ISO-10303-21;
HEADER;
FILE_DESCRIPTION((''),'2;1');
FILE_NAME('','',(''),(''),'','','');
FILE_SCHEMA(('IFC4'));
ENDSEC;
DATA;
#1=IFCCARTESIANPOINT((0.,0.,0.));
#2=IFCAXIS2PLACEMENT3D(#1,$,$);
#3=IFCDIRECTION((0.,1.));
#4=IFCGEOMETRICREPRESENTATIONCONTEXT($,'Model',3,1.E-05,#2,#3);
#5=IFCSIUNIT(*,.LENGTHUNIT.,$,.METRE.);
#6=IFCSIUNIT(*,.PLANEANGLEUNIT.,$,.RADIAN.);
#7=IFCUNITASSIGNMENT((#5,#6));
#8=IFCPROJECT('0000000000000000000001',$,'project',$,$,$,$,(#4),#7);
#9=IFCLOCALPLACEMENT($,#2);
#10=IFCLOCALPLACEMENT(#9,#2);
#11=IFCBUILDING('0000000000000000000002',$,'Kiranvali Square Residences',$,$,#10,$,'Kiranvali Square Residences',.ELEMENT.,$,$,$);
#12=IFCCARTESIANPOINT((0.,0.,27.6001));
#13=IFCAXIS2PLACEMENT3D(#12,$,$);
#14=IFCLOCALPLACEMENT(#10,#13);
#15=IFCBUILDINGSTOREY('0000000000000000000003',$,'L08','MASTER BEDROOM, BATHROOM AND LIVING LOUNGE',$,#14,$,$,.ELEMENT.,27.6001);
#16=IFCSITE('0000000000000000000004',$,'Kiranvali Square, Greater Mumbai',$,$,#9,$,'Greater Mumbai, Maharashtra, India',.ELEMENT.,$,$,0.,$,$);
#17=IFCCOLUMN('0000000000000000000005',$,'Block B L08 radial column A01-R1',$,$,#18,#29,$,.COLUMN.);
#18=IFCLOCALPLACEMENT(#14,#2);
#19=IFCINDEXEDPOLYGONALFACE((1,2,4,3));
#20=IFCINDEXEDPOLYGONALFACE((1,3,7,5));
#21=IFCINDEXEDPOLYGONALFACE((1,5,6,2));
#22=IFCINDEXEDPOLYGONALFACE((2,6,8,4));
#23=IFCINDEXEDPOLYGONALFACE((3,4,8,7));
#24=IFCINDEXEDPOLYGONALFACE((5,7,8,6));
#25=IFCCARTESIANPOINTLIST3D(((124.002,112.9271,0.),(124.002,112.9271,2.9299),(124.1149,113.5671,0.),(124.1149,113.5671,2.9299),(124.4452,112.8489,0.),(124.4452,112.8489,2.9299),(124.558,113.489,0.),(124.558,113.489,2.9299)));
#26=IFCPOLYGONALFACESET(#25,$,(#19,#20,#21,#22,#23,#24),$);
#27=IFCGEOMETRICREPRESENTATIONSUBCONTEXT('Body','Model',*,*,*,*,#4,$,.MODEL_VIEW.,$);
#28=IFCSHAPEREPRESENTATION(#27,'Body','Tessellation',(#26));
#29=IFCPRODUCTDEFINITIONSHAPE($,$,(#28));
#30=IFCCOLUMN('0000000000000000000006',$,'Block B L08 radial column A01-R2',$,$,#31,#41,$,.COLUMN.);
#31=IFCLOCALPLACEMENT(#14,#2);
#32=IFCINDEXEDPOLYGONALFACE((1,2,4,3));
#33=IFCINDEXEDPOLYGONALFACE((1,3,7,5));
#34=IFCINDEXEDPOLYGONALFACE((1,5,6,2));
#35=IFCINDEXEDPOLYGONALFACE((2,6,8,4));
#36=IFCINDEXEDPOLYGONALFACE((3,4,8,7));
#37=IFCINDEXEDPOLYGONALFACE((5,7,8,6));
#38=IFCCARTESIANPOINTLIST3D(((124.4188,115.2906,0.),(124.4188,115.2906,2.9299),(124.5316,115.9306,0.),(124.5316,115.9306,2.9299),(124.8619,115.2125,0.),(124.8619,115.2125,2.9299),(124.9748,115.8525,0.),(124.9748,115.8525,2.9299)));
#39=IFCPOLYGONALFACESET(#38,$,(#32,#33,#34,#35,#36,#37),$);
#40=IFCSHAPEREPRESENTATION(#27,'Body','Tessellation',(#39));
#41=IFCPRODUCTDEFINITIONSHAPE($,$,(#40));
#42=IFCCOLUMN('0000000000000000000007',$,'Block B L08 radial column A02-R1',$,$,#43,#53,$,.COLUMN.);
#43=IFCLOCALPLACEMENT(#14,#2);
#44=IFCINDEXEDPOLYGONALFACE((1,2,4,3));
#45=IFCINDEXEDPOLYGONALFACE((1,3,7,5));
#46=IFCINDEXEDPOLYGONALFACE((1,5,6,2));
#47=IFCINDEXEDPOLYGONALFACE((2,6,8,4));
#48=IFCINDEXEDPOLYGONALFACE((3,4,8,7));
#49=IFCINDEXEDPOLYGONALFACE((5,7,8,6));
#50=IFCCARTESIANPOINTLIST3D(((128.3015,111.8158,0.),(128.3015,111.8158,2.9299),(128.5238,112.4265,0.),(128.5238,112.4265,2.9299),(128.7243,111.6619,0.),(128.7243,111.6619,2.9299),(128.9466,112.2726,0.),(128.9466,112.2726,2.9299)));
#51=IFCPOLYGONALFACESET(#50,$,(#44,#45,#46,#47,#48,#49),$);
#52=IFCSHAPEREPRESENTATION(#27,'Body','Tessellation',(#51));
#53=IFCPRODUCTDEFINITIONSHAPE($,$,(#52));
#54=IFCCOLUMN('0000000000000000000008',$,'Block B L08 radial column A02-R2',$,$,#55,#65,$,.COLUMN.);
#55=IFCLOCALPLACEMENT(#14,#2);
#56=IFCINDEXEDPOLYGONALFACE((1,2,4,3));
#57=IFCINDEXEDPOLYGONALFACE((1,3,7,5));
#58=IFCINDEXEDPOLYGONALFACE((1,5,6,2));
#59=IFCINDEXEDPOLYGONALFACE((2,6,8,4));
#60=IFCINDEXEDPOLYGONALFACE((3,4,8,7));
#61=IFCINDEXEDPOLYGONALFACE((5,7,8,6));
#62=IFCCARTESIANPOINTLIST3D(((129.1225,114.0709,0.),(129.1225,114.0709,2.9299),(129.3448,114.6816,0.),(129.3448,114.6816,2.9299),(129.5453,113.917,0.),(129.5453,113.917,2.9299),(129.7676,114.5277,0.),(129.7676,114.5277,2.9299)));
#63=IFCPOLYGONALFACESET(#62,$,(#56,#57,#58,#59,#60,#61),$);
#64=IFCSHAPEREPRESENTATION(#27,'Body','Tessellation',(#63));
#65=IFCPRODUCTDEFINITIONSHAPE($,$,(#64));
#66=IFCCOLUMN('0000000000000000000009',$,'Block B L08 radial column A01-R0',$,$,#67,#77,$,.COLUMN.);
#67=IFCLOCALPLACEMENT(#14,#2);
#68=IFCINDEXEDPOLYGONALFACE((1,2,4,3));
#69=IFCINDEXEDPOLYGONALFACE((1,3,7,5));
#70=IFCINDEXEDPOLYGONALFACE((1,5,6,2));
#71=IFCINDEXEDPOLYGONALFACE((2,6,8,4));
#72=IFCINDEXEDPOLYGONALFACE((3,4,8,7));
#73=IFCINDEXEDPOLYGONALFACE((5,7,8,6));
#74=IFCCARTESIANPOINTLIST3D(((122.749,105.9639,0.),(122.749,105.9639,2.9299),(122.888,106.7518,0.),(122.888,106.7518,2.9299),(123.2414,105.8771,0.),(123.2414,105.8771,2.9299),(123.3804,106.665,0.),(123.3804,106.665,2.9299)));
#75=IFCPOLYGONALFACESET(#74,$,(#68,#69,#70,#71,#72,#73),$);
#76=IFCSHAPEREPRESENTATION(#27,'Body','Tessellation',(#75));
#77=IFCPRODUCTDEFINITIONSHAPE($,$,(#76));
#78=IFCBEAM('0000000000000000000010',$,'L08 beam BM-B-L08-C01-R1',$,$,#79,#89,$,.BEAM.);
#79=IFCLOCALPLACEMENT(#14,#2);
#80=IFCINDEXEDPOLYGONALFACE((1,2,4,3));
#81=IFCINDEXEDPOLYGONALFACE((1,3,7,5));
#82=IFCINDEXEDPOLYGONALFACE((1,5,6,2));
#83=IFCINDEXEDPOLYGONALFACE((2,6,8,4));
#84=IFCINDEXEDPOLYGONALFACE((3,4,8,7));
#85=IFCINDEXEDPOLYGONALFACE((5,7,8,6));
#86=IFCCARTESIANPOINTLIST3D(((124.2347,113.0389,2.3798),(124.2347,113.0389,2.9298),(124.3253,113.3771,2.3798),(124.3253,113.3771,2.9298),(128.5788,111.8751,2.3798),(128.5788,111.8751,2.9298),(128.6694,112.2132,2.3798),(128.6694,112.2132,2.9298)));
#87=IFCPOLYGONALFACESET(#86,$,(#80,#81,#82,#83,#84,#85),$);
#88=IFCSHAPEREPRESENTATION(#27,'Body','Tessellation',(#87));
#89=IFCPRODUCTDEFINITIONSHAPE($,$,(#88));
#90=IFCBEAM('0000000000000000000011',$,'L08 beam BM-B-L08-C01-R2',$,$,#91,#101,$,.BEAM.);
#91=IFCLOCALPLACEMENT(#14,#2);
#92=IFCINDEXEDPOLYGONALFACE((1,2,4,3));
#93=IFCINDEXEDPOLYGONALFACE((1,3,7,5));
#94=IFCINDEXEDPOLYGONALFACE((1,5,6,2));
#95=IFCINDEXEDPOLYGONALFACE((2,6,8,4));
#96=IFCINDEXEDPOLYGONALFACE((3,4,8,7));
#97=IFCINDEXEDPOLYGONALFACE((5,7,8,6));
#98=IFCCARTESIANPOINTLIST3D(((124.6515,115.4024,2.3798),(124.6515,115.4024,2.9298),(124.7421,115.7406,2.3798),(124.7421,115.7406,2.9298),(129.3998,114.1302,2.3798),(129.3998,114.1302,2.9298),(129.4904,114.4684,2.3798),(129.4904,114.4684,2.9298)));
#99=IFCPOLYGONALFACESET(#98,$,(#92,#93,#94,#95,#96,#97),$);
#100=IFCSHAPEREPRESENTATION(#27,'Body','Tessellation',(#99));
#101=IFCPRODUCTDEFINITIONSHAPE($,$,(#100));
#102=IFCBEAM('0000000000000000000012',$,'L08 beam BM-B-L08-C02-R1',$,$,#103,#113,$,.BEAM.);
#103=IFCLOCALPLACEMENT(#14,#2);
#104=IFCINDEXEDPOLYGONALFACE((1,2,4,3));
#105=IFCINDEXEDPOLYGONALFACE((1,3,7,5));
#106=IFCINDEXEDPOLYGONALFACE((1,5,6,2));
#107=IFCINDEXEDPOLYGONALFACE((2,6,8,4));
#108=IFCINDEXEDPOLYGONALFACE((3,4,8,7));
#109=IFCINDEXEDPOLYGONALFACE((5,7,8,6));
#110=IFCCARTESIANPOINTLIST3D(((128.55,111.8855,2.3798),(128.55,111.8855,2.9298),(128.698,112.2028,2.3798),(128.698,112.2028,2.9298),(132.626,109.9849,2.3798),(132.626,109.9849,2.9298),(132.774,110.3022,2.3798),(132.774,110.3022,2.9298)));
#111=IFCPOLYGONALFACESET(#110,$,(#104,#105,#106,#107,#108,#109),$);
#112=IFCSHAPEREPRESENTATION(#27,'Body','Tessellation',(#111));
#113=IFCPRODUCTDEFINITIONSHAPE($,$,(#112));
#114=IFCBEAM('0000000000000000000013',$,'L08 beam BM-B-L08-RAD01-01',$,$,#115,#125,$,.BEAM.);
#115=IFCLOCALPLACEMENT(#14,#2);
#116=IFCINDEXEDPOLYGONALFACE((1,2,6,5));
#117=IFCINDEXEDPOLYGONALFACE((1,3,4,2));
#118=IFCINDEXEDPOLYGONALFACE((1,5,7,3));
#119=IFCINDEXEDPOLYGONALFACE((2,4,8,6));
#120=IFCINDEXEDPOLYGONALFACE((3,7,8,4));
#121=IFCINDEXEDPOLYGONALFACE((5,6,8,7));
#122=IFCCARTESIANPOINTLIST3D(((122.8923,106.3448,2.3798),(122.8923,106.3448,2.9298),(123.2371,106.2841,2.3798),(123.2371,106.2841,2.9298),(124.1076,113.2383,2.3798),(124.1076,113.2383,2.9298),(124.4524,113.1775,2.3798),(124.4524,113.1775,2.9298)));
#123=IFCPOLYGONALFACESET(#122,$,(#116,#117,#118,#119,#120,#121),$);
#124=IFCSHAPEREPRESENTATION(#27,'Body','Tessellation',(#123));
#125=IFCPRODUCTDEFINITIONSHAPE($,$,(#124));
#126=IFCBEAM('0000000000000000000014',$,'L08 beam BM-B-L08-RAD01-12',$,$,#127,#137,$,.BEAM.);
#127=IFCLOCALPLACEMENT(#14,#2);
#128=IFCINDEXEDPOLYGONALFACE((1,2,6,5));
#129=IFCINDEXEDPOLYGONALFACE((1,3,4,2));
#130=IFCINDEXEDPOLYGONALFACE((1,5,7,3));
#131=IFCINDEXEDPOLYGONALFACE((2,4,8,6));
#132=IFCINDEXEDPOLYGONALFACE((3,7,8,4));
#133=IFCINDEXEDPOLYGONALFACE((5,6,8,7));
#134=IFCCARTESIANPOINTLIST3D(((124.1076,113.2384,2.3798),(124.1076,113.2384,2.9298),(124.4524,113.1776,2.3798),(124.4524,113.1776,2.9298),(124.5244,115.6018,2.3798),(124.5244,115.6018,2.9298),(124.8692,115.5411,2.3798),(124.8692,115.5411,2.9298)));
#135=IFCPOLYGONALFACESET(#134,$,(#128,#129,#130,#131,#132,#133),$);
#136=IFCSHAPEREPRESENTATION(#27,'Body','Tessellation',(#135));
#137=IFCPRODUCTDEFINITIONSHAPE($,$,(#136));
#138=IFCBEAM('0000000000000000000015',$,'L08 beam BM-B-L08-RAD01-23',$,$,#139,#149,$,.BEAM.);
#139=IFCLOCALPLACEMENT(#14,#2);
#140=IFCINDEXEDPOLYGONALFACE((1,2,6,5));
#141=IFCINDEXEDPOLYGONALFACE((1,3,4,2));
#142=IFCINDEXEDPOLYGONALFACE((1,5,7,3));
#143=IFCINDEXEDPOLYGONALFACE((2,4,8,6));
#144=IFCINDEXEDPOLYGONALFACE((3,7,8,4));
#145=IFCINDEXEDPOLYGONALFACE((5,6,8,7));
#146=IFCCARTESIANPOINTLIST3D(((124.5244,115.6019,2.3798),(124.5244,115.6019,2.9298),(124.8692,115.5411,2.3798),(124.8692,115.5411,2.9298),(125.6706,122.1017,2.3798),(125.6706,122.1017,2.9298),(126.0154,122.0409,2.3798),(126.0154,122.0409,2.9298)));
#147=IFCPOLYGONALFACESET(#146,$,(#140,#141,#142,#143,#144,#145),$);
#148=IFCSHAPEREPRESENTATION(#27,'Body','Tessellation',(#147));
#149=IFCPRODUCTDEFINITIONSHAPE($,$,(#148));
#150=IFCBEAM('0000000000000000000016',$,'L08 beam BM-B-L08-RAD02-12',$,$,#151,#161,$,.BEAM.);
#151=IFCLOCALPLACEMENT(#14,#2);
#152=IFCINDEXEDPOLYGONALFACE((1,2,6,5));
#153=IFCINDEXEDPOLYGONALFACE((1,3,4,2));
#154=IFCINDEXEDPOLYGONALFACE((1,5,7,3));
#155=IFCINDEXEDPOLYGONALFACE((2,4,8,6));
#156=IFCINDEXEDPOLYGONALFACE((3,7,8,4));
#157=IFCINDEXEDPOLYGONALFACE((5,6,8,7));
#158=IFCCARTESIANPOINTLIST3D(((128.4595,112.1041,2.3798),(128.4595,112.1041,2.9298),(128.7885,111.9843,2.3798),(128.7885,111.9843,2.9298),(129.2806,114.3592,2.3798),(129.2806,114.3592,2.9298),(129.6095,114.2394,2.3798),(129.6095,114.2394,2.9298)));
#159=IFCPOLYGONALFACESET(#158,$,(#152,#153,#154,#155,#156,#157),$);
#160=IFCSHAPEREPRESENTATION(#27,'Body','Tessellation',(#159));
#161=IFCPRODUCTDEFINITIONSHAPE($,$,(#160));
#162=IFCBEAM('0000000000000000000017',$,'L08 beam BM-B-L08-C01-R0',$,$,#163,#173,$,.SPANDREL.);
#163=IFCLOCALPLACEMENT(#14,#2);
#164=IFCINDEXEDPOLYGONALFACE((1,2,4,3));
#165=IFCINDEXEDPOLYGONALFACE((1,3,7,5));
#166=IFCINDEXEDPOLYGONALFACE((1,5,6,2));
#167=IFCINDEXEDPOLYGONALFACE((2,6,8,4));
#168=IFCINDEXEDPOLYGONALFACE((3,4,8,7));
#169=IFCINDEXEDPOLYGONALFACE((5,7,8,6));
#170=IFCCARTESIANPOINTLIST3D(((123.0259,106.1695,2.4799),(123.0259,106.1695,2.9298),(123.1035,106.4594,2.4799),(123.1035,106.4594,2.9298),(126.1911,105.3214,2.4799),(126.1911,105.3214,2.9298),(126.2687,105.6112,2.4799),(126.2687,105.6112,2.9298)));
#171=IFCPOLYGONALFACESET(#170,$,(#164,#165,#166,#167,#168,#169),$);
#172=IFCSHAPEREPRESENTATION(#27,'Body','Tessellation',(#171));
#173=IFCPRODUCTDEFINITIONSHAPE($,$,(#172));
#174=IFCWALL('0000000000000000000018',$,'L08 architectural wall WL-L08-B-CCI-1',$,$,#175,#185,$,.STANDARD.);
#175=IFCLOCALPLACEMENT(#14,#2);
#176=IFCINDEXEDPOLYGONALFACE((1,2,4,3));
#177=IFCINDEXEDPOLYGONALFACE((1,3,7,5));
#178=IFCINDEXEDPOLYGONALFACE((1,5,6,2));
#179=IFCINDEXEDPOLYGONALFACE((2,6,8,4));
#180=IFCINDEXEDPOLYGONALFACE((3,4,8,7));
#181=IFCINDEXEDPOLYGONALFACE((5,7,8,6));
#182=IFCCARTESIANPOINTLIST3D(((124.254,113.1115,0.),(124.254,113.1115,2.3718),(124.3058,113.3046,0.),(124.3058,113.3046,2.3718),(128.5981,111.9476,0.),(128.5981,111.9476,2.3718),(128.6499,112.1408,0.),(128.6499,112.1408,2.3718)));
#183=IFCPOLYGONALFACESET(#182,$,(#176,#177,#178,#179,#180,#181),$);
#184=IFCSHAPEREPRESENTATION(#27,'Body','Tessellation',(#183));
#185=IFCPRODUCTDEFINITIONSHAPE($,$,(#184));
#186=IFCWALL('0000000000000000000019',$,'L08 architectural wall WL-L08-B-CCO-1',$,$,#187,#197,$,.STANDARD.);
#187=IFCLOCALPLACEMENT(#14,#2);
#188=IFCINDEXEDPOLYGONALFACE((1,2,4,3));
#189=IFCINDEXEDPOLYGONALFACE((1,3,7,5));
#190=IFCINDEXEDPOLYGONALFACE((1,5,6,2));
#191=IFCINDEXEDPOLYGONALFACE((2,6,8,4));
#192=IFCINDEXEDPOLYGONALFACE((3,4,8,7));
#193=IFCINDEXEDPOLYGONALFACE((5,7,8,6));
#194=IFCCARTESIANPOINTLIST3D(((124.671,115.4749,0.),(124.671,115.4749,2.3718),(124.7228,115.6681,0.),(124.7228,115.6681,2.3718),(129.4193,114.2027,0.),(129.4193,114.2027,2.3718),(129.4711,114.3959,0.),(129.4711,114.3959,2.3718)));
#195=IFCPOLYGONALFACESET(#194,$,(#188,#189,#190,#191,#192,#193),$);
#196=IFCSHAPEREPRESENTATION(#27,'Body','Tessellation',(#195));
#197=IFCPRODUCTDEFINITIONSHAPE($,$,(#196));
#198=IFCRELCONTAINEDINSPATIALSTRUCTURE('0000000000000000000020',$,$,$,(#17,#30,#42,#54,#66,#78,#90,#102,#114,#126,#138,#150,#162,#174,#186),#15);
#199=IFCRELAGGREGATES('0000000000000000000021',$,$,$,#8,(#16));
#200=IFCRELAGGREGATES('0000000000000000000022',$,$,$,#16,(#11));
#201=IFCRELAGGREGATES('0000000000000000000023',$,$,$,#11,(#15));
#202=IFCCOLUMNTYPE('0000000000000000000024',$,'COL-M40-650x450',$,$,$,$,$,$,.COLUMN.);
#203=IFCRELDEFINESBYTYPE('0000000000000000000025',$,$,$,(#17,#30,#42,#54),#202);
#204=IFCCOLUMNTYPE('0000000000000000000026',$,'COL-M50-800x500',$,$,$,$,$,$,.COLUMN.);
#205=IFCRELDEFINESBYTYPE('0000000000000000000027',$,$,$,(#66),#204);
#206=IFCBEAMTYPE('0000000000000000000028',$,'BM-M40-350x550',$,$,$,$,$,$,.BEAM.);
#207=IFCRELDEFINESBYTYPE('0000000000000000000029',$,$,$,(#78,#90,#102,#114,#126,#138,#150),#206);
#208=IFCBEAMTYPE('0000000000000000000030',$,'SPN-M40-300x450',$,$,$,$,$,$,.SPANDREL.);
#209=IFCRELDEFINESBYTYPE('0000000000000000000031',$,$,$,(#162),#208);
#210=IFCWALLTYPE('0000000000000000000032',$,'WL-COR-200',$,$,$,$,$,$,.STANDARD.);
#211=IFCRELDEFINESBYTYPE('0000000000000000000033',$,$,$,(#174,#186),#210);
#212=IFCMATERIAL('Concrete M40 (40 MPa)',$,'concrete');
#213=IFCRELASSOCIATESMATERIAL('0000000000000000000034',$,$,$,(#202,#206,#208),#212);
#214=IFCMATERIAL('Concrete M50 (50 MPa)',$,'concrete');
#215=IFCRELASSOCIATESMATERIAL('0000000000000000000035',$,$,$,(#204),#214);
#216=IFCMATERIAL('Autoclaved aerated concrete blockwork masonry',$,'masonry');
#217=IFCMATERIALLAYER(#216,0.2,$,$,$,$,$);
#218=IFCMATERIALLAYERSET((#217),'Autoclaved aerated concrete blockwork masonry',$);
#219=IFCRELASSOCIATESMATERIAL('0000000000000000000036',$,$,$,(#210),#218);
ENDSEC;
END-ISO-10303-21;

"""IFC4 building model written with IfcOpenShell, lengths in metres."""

from ifc_helpers import new_model, si_unit, direction, frame, frame_2d, origin, origin_2d, place, context, subcontext, project, spatial, rectangle, extrude, material, layer, layer_set, material_profile, profile_set, type_object, element, save


model = new_model("IFC4")

# Units and contexts
model_context = context("Model", 3, precision=1e-05, world=origin(), true_north=direction((0.0, 1.0)))
body_context = subcontext(model_context, "Body", "Model", "MODEL_VIEW")
ifc_project = project(units=[si_unit("LENGTHUNIT", "METRE"), si_unit("PLANEANGLEUNIT", "RADIAN")], contexts=[model_context])

# Site, building, storey
site_placement = place(None, origin())
site = spatial("IfcSite", under=ifc_project, at=site_placement, Name="Kiranvali Square, Greater Mumbai", LongName="Greater Mumbai, Maharashtra, India", CompositionType="ELEMENT", RefElevation=0.0)
building_placement = place(site_placement, origin())
building = spatial("IfcBuilding", under=site, at=building_placement, Name="Kiranvali Square Residences", LongName="Kiranvali Square Residences", CompositionType="ELEMENT")
storey_placement = place(building_placement, frame((0.0, 0.0, 27.6001)))
storey = spatial("IfcBuildingStorey", under=building, at=storey_placement, Name="L08", Description="MASTER BEDROOM, BATHROOM AND LIVING LOUNGE", CompositionType="ELEMENT", Elevation=27.6001)

# Columns
ifc_material_1 = material(Name="Concrete M40 (40 MPa)", Category="concrete")
ifc_material_profile_1 = material_profile(ifc_material_1, rectangle(XDim=0.45, YDim=0.6499, at=origin_2d()), Name="RC 650x450")
ifc_profile_set_1 = profile_set([ifc_material_profile_1], Name="Concrete M40 (40 MPa)")
column_type_1 = type_object("IfcColumnType", Name="COL-M40-650x450", PredefinedType="COLUMN", material=ifc_profile_set_1)
for number, where, z_axis, x_axis, name in (
    (1, (124.28, 113.208, 0.0), (0.0, 0.0, 1.0), (-0.984808, 0.173648, 0.0), "Block B L08 radial column A01-R1"),
    (2, (124.6968, 115.5715, 0.0), (0.0, 0.0, 1.0), (-0.984808, 0.173648, 0.0), "Block B L08 radial column A01-R2"),
    (3, (128.624, 112.0442, 0.0), (0.0, 0.0, 1.0), (-0.939693, 0.34202, 0.0), "Block B L08 radial column A02-R1"),
    (4, (129.4451, 114.2993, 0.0), (0.0, 0.0, 1.0), (-0.939693, 0.34202, 0.0), "Block B L08 radial column A02-R2"),
):
    element("IfcColumn", number, at=place(storey_placement, frame(where, z_axis=z_axis, x_axis=x_axis)), inside=storey, type_object=column_type_1, Name=name, PredefinedType="COLUMN", context=body_context, shape_type="SweptSolid", body=[
        extrude(rectangle(XDim=0.45, YDim=0.6499, at=origin_2d()), origin(), (0.0, 0.0, 1.0), 2.9299),
    ])
ifc_material_2 = material(Name="Concrete M50 (50 MPa)", Category="concrete")
ifc_material_profile_2 = material_profile(ifc_material_2, rectangle(XDim=0.5, YDim=0.8, at=origin_2d()), Name="RC 800x500")
ifc_profile_set_2 = profile_set([ifc_material_profile_2], Name="Concrete M50 (50 MPa)")
column_type_2 = type_object("IfcColumnType", Name="COL-M50-800x500", PredefinedType="COLUMN", material=ifc_profile_set_2)
column_placement = place(storey_placement, frame((123.0647, 106.3145, 0.0), z_axis=(0.0, 0.0, 1.0), x_axis=(-0.984808, 0.173648, 0.0)))
element("IfcColumn", 5, at=column_placement, inside=storey, type_object=column_type_2, Name="Block B L08 radial column A01-R0", PredefinedType="COLUMN", context=body_context, shape_type="SweptSolid", body=[
    extrude(rectangle(XDim=0.5, YDim=0.8, at=origin_2d()), origin(), (0.0, 0.0, 1.0), 2.9299),
])

# Beams
ifc_material_profile_3 = material_profile(ifc_material_1, rectangle(XDim=0.3501, YDim=0.55, at=origin_2d()), Name="RC 350x550")
ifc_profile_set_3 = profile_set([ifc_material_profile_3], Name="Concrete M40 (40 MPa)")
beam_type_1 = type_object("IfcBeamType", Name="BM-M40-350x550", PredefinedType="BEAM", material=ifc_profile_set_3)
beam_1_placement = place(storey_placement, frame((124.28, 113.208, 2.6548), z_axis=(0.965934, -0.258788, 0.0), x_axis=(0.258788, 0.965934, 0.0)))
element("IfcBeam", 6, at=beam_1_placement, inside=storey, type_object=beam_type_1, Name="L08 beam BM-B-L08-C01-R1", PredefinedType="BEAM", context=body_context, shape_type="SweptSolid", body=[
    extrude(rectangle(XDim=0.3501, YDim=0.55, at=origin_2d()), origin(), (0.0, 0.0, 1.0), 4.4973),
])
beam_2_placement = place(storey_placement, frame((124.6968, 115.5715, 2.6548), z_axis=(0.96593, -0.258803, 0.0), x_axis=(0.258803, 0.96593, 0.0)))
element("IfcBeam", 7, at=beam_2_placement, inside=storey, type_object=beam_type_1, Name="L08 beam BM-B-L08-C01-R2", PredefinedType="BEAM", context=body_context, shape_type="SweptSolid", body=[
    extrude(rectangle(XDim=0.3501, YDim=0.55, at=origin_2d()), origin(), (0.0, 0.0, 1.0), 4.9158),
])
beam_3_placement = place(storey_placement, frame((128.624, 112.0442, 2.6548), z_axis=(0.906308, -0.422618, 0.0), x_axis=(0.422618, 0.906308, 0.0)))
element("IfcBeam", 8, at=beam_3_placement, inside=storey, type_object=beam_type_1, Name="L08 beam BM-B-L08-C02-R1", PredefinedType="BEAM", context=body_context, shape_type="SweptSolid", body=[
    extrude(rectangle(XDim=0.3501, YDim=0.55, at=origin_2d()), origin(), (0.0, 0.0, 1.0), 4.4973),
])
beam_4_placement = place(storey_placement, frame((123.0647, 106.3145, 2.6548), z_axis=(0.173622, 0.984812, 0.0), x_axis=(-0.984812, 0.173622, 0.0)))
element("IfcBeam", 9, at=beam_4_placement, inside=storey, type_object=beam_type_1, Name="L08 beam BM-B-L08-RAD01-01", PredefinedType="BEAM", context=body_context, shape_type="SweptSolid", body=[
    extrude(rectangle(XDim=0.3501, YDim=0.55, at=origin_2d()), origin(), (0.0, 0.0, 1.0), 6.9998),
])
beam_5_placement = place(storey_placement, frame((124.28, 113.208, 2.6548), z_axis=(0.173646, 0.984808, 0.0), x_axis=(-0.984808, 0.173646, 0.0)))
element("IfcBeam", 10, at=beam_5_placement, inside=storey, type_object=beam_type_1, Name="L08 beam BM-B-L08-RAD01-12", PredefinedType="BEAM", context=body_context, shape_type="SweptSolid", body=[
    extrude(rectangle(XDim=0.3501, YDim=0.55, at=origin_2d()), origin(), (0.0, 0.0, 1.0), 2.3999),
])
beam_6_placement = place(storey_placement, frame((124.6968, 115.5715, 2.6548), z_axis=(0.173671, 0.984804, 0.0), x_axis=(-0.984804, 0.173671, 0.0)))
element("IfcBeam", 11, at=beam_6_placement, inside=storey, type_object=beam_type_1, Name="L08 beam BM-B-L08-RAD01-23", PredefinedType="BEAM", context=body_context, shape_type="SweptSolid", body=[
    extrude(rectangle(XDim=0.3501, YDim=0.55, at=origin_2d()), origin(), (0.0, 0.0, 1.0), 6.6001),
])
beam_7_placement = place(storey_placement, frame((128.624, 112.0442, 2.6548), z_axis=(0.342111, 0.93966, 0.0), x_axis=(-0.93966, 0.342111, 0.0)))
element("IfcBeam", 12, at=beam_7_placement, inside=storey, type_object=beam_type_1, Name="L08 beam BM-B-L08-RAD02-12", PredefinedType="BEAM", context=body_context, shape_type="SweptSolid", body=[
    extrude(rectangle(XDim=0.3501, YDim=0.55, at=origin_2d()), origin(), (0.0, 0.0, 1.0), 2.3999),
])
ifc_material_profile_4 = material_profile(ifc_material_1, rectangle(XDim=0.3, YDim=0.45, at=origin_2d()), Name="RC 300x450")
ifc_profile_set_4 = profile_set([ifc_material_profile_4], Name="Concrete M40 (40 MPa)")
beam_type_2 = type_object("IfcBeamType", Name="SPN-M40-300x450", PredefinedType="SPANDREL", material=ifc_profile_set_4)
beam_8_placement = place(storey_placement, frame((123.0647, 106.3145, 2.7048), z_axis=(0.965925, -0.258822, 0.0), x_axis=(0.258822, 0.965925, 0.0)))
element("IfcBeam", 13, at=beam_8_placement, inside=storey, type_object=beam_type_2, Name="L08 beam BM-B-L08-C01-R0", PredefinedType="SPANDREL", context=body_context, shape_type="SweptSolid", body=[
    extrude(rectangle(XDim=0.3, YDim=0.45, at=origin_2d()), origin(), (0.0, 0.0, 1.0), 3.2769),
])

# Walls
ifc_material_3 = material(Name="Autoclaved aerated concrete blockwork masonry", Category="masonry")
ifc_layer_1 = layer(ifc_material_3, 0.2)
ifc_layer_set_1 = layer_set([ifc_layer_1], Name="Autoclaved aerated concrete blockwork masonry")
wall_type_1 = type_object("IfcWallType", Name="WL-COR-200", PredefinedType="STANDARD", material=ifc_layer_set_1)
wall_1_placement = place(storey_placement, frame((124.28, 113.208, 0.0), z_axis=(0.0, 0.0, 1.0), x_axis=(0.965934, -0.258788, 0.0)))
element("IfcWall", 14, at=wall_1_placement, inside=storey, type_object=wall_type_1, Name="L08 architectural wall WL-L08-B-CCI-1", PredefinedType="STANDARD", context=body_context, shape_type="SweptSolid", body=[
    extrude(rectangle(XDim=4.4973, YDim=0.2, at=frame_2d((2.2485, 0.0))), origin(), (0.0, 0.0, 1.0), 2.3718),
])
wall_2_placement = place(storey_placement, frame((124.6968, 115.5715, 0.0), z_axis=(0.0, 0.0, 1.0), x_axis=(0.96593, -0.258803, 0.0)))
element("IfcWall", 15, at=wall_2_placement, inside=storey, type_object=wall_type_1, Name="L08 architectural wall WL-L08-B-CCO-1", PredefinedType="STANDARD", context=body_context, shape_type="SweptSolid", body=[
    extrude(rectangle(XDim=4.9158, YDim=0.2, at=frame_2d((2.458, 0.0))), origin(), (0.0, 0.0, 1.0), 2.3718),
])

save(model, "model.ifc")
